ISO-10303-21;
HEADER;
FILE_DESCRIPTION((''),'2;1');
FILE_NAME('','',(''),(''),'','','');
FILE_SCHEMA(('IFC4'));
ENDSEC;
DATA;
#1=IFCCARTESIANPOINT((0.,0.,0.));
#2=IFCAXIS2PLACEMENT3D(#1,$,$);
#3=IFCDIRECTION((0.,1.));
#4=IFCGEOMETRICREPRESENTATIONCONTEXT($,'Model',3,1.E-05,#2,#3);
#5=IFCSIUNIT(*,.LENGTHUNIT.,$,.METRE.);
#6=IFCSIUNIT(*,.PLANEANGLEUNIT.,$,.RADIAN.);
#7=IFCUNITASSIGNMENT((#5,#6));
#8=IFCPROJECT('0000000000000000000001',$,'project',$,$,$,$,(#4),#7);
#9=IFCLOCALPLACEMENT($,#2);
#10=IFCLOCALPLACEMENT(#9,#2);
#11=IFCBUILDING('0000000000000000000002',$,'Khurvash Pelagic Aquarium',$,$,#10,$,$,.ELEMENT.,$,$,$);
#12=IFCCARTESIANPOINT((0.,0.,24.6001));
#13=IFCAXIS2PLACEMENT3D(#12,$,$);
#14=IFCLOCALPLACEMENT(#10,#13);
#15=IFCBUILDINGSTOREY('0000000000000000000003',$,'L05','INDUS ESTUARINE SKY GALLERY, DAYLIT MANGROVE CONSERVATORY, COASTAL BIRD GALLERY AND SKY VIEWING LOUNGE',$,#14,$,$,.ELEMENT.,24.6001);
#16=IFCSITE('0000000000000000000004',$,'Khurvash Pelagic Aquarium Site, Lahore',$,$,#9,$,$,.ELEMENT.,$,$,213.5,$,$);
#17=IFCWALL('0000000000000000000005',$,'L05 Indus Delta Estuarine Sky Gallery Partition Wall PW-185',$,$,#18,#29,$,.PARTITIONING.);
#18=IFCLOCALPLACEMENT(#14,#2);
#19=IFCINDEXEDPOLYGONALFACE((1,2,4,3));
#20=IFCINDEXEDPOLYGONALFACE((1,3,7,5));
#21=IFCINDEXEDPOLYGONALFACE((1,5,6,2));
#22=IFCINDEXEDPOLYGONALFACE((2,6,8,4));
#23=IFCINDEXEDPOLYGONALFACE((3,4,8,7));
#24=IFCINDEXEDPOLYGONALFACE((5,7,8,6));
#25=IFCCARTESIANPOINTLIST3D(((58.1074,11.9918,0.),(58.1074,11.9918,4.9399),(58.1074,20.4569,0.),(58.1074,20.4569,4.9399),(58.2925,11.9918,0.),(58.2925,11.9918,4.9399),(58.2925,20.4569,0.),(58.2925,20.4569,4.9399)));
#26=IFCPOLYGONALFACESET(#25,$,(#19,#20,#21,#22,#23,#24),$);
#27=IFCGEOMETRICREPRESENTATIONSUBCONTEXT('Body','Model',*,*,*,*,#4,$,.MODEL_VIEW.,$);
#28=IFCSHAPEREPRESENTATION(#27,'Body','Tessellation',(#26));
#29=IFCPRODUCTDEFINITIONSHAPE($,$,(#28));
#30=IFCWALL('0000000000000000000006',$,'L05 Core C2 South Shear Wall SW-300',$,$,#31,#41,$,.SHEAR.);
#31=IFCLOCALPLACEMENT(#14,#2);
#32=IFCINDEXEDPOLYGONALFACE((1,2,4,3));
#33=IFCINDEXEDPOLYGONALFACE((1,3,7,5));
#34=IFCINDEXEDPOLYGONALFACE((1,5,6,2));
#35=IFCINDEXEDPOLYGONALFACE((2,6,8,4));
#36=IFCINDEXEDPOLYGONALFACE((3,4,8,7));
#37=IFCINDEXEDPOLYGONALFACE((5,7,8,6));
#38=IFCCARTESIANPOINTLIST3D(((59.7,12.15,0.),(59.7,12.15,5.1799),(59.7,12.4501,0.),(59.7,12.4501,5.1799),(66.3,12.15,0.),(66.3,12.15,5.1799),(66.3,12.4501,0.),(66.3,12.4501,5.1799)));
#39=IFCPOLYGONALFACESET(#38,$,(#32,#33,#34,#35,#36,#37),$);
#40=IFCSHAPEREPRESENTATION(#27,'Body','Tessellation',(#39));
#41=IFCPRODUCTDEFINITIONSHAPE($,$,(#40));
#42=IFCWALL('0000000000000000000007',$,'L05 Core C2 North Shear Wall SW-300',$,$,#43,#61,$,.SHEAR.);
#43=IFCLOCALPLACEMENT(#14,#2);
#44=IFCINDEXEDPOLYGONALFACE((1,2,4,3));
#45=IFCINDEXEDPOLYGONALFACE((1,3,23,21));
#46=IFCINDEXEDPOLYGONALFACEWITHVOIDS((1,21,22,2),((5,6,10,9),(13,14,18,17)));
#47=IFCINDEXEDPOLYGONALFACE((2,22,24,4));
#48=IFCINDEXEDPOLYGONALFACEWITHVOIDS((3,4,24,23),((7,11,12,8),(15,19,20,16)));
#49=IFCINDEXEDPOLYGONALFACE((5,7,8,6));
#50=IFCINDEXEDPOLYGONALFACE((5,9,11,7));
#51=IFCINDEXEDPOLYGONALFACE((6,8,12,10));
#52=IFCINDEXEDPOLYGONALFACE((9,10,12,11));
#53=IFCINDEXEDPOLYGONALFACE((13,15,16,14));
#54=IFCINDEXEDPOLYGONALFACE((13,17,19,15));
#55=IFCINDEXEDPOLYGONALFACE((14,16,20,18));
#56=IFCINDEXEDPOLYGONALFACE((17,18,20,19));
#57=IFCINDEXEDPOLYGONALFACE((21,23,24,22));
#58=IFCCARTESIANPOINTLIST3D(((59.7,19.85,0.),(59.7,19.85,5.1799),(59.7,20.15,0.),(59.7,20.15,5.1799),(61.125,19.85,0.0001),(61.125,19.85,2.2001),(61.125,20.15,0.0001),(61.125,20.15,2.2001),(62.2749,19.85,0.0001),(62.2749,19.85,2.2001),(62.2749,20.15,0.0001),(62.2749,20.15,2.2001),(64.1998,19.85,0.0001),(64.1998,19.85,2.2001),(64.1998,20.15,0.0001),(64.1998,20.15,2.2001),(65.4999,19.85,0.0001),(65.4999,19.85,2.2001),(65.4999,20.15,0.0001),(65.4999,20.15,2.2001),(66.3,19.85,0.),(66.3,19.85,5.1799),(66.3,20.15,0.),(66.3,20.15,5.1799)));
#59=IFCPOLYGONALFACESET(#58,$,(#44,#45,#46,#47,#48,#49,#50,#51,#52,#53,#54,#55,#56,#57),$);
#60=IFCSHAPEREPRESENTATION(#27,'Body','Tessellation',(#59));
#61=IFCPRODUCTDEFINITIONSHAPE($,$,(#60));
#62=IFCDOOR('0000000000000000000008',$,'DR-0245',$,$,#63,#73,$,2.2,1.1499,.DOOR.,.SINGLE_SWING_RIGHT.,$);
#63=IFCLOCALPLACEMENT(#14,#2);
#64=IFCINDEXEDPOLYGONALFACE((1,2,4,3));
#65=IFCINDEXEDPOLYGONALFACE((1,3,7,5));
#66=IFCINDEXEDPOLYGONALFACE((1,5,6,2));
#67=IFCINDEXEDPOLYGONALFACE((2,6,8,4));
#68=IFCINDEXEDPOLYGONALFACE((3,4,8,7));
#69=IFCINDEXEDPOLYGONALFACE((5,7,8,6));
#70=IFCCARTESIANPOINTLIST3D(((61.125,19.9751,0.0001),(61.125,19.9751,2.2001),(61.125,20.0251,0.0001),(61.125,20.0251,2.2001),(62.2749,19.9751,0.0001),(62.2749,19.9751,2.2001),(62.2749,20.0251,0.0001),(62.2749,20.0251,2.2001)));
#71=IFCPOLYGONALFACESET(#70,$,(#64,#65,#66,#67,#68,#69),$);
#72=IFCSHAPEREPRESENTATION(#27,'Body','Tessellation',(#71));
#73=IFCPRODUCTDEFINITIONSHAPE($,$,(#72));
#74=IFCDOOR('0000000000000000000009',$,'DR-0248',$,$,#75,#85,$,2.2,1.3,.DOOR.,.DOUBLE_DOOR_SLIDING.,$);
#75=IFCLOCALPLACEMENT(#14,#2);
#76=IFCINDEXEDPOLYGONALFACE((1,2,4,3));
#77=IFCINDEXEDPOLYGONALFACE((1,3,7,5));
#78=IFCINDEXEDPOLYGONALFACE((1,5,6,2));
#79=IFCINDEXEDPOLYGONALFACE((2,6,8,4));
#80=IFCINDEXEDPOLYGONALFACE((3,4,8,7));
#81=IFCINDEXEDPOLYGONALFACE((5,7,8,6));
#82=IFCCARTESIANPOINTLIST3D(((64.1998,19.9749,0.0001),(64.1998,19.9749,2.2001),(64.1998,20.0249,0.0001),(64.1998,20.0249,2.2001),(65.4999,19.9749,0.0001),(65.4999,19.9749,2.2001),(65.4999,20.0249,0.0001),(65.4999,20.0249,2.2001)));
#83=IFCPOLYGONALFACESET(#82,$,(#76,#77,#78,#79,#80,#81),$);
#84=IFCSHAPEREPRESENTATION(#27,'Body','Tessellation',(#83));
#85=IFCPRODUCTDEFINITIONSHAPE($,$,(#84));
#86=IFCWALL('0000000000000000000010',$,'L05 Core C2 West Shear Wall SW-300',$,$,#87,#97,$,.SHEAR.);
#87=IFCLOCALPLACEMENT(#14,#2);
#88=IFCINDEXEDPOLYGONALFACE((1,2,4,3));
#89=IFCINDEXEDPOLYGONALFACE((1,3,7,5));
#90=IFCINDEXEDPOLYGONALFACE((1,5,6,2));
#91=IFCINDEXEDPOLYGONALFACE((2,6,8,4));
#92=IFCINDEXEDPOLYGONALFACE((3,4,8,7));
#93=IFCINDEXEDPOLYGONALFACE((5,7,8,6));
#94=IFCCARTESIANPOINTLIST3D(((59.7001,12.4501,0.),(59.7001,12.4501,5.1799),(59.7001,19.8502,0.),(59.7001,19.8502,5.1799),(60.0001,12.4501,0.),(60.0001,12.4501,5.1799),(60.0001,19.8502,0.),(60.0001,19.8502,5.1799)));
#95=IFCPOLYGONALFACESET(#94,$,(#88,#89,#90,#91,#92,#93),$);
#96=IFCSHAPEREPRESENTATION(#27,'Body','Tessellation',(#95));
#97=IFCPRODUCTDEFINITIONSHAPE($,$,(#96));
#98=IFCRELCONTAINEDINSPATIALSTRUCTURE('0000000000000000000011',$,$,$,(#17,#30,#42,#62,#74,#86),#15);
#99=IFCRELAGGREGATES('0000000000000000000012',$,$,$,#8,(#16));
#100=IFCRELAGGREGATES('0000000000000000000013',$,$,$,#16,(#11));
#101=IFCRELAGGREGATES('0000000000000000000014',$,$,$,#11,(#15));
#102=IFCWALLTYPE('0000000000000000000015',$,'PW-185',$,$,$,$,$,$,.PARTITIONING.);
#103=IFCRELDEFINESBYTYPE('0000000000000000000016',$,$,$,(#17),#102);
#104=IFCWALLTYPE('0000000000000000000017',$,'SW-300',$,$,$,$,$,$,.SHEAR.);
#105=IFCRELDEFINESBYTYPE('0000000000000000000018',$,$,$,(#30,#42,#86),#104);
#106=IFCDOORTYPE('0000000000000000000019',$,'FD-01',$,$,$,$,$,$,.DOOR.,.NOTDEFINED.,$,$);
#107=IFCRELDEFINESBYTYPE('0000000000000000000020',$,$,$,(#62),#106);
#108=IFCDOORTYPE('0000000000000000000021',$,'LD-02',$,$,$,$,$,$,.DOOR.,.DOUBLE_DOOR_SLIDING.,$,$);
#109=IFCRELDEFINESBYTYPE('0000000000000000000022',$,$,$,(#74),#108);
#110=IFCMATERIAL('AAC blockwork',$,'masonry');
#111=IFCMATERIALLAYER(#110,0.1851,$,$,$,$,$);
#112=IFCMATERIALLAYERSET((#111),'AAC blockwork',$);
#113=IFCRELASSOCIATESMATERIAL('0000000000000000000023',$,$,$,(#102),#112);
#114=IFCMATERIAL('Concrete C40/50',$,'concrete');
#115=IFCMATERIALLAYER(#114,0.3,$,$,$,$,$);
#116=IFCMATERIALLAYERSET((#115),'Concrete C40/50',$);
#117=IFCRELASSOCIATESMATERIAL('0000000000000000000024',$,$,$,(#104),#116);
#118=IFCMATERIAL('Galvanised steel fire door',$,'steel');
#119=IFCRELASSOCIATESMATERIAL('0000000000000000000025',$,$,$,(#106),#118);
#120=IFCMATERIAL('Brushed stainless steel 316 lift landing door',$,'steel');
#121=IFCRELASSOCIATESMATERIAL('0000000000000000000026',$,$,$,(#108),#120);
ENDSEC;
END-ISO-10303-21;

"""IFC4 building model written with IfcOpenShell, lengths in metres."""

from ifc_helpers import new_model, si_unit, direction, frame, frame_2d, origin, place, context, subcontext, project, spatial, rectangle, extrude, material, layer, layer_set, type_object, element, fill, save


model = new_model("IFC4")

# Units and contexts
model_context = context("Model", 3, precision=1e-05, world=origin(), true_north=direction((0.0, 1.0)))
body_context = subcontext(model_context, "Body", "Model", "MODEL_VIEW")
ifc_project = project(units=[si_unit("LENGTHUNIT", "METRE"), si_unit("PLANEANGLEUNIT", "RADIAN")], contexts=[model_context])

# Site, building, storey
site_placement = place(None, origin())
site = spatial("IfcSite", under=ifc_project, at=site_placement, Name="Khurvash Pelagic Aquarium Site, Lahore", CompositionType="ELEMENT", RefElevation=213.5)
building_placement = place(site_placement, origin())
building = spatial("IfcBuilding", under=site, at=building_placement, Name="Khurvash Pelagic Aquarium", CompositionType="ELEMENT")
storey_placement = place(building_placement, frame((0.0, 0.0, 24.6001)))
storey = spatial("IfcBuildingStorey", under=building, at=storey_placement, Name="L05", Description="INDUS ESTUARINE SKY GALLERY, DAYLIT MANGROVE CONSERVATORY, COASTAL BIRD GALLERY AND SKY VIEWING LOUNGE", CompositionType="ELEMENT", Elevation=24.6001)

# Walls
ifc_material_1 = material(Name="AAC blockwork", Category="masonry")
ifc_layer_1 = layer(ifc_material_1, 0.1851)
ifc_layer_set_1 = layer_set([ifc_layer_1], Name="AAC blockwork")
wall_type_1 = type_object("IfcWallType", Name="PW-185", PredefinedType="PARTITIONING", material=ifc_layer_set_1)
wall_1_placement = place(storey_placement, frame((58.2, 11.9919, 0.0), z_axis=(0.0, 0.0, 1.0), x_axis=(0.0, 1.0, 0.0)))
element("IfcWall", 1, at=wall_1_placement, inside=storey, type_object=wall_type_1, Name="L05 Indus Delta Estuarine Sky Gallery Partition Wall PW-185", PredefinedType="PARTITIONING", context=body_context, shape_type="SweptSolid", body=[
    extrude(rectangle(XDim=8.4651, YDim=0.1851, at=frame_2d((4.2324, 0.0))), origin(), (0.0, 0.0, 1.0), 4.9399),
])
ifc_material_2 = material(Name="Concrete C40/50", Category="concrete")
ifc_layer_2 = layer(ifc_material_2, 0.3)
ifc_layer_set_2 = layer_set([ifc_layer_2], Name="Concrete C40/50")
wall_type_2 = type_object("IfcWallType", Name="SW-300", PredefinedType="SHEAR", material=ifc_layer_set_2)
wall_2_placement = place(storey_placement, frame((59.7, 12.3, 0.0), z_axis=(0.0, 0.0, 1.0), x_axis=(1.0, 0.0, 0.0)))
element("IfcWall", 2, at=wall_2_placement, inside=storey, type_object=wall_type_2, Name="L05 Core C2 South Shear Wall SW-300", PredefinedType="SHEAR", context=body_context, shape_type="SweptSolid", body=[
    extrude(rectangle(XDim=6.6001, YDim=0.3, at=frame_2d((3.3, 0.0))), origin(), (0.0, 0.0, 1.0), 5.1799),
])

# Wall, openings, doors
wall_3_placement = place(storey_placement, frame((59.7, 20.0, 0.0), z_axis=(0.0, 0.0, 1.0), x_axis=(1.0, 0.0, 0.0)))
wall_3 = element("IfcWall", 3, at=wall_3_placement, inside=storey, type_object=wall_type_2, Name="L05 Core C2 North Shear Wall SW-300", PredefinedType="SHEAR", context=body_context, shape_type="SweptSolid", body=[
    extrude(rectangle(XDim=6.6001, YDim=0.3, at=frame_2d((3.3, 0.0))), origin(), (0.0, 0.0, 1.0), 5.1799),
])
opening_1_placement = place(wall_3_placement, frame((1.425, 0.0, 0.0)))
opening_1 = element("IfcOpeningElement", 4, at=opening_1_placement, cuts=wall_3, PredefinedType="OPENING", context=body_context, shape_type="SweptSolid", body=[
    extrude(rectangle(XDim=1.1499, YDim=2.2, at=frame_2d((0.575, 1.1001))), frame((0.0, 0.1602, 0.0), z_axis=(0.0, -1.0, 0.0), x_axis=(1.0, 0.0, 0.0)), (0.0, 0.0, 1.0), 0.3201),
])
opening_2_placement = place(wall_3_placement, frame((4.5, 0.0, 0.0)))
opening_2 = element("IfcOpeningElement", 5, at=opening_2_placement, cuts=wall_3, PredefinedType="OPENING", context=body_context, shape_type="SweptSolid", body=[
    extrude(rectangle(XDim=1.3, YDim=2.2, at=frame_2d((0.6499, 1.1001))), frame((0.0, 0.1602, 0.0), z_axis=(0.0, -1.0, 0.0), x_axis=(1.0, 0.0, 0.0)), (0.0, 0.0, 1.0), 0.3201),
])
ifc_material_3 = material(Name="Galvanised steel fire door", Category="steel")
door_type_1 = type_object("IfcDoorType", Name="FD-01", OperationType="NOTDEFINED", PredefinedType="DOOR", material=ifc_material_3)
door_1_placement = place(opening_1_placement, frame((1.1499, 0.0, 0.0), z_axis=(0.0, 0.0, 1.0), x_axis=(-1.0, 0.0, 0.0)))
door_1 = element("IfcDoor", 6, at=door_1_placement, inside=storey, type_object=door_type_1, Name="DR-0245", OperationType="SINGLE_SWING_RIGHT", OverallHeight=2.2, OverallWidth=1.1499, PredefinedType="DOOR", context=body_context, shape_type="SweptSolid", body=[
    extrude(rectangle(XDim=1.1499, YDim=2.2, at=frame_2d((0.575, 1.1001))), frame((0.0, 0.0249, 0.0), z_axis=(0.0, -1.0, 0.0), x_axis=(1.0, 0.0, 0.0)), (0.0, 0.0, 1.0), 0.05),
])
fill(opening_1, door_1)
ifc_material_4 = material(Name="Brushed stainless steel 316 lift landing door", Category="steel")
door_type_2 = type_object("IfcDoorType", Name="LD-02", OperationType="DOUBLE_DOOR_SLIDING", PredefinedType="DOOR", material=ifc_material_4)
door_2_placement = place(opening_2_placement, origin())
door_2 = element("IfcDoor", 7, at=door_2_placement, inside=storey, type_object=door_type_2, Name="DR-0248", OperationType="DOUBLE_DOOR_SLIDING", OverallHeight=2.2, OverallWidth=1.3, PredefinedType="DOOR", context=body_context, shape_type="SweptSolid", body=[
    extrude(rectangle(XDim=1.3, YDim=2.2, at=frame_2d((0.6499, 1.1001))), frame((0.0, 0.0249, 0.0), z_axis=(0.0, -1.0, 0.0), x_axis=(1.0, 0.0, 0.0)), (0.0, 0.0, 1.0), 0.05),
])
fill(opening_2, door_2)

# Wall
wall_4_placement = place(storey_placement, frame((59.8501, 12.45, 0.0), z_axis=(0.0, 0.0, 1.0), x_axis=(0.0, 1.0, 0.0)))
element("IfcWall", 8, at=wall_4_placement, inside=storey, type_object=wall_type_2, Name="L05 Core C2 West Shear Wall SW-300", PredefinedType="SHEAR", context=body_context, shape_type="SweptSolid", body=[
    extrude(rectangle(XDim=7.4001, YDim=0.3, at=frame_2d((3.7002, 0.0))), origin(), (0.0, 0.0, 1.0), 5.1799),
])

save(model, "model.ifc")
